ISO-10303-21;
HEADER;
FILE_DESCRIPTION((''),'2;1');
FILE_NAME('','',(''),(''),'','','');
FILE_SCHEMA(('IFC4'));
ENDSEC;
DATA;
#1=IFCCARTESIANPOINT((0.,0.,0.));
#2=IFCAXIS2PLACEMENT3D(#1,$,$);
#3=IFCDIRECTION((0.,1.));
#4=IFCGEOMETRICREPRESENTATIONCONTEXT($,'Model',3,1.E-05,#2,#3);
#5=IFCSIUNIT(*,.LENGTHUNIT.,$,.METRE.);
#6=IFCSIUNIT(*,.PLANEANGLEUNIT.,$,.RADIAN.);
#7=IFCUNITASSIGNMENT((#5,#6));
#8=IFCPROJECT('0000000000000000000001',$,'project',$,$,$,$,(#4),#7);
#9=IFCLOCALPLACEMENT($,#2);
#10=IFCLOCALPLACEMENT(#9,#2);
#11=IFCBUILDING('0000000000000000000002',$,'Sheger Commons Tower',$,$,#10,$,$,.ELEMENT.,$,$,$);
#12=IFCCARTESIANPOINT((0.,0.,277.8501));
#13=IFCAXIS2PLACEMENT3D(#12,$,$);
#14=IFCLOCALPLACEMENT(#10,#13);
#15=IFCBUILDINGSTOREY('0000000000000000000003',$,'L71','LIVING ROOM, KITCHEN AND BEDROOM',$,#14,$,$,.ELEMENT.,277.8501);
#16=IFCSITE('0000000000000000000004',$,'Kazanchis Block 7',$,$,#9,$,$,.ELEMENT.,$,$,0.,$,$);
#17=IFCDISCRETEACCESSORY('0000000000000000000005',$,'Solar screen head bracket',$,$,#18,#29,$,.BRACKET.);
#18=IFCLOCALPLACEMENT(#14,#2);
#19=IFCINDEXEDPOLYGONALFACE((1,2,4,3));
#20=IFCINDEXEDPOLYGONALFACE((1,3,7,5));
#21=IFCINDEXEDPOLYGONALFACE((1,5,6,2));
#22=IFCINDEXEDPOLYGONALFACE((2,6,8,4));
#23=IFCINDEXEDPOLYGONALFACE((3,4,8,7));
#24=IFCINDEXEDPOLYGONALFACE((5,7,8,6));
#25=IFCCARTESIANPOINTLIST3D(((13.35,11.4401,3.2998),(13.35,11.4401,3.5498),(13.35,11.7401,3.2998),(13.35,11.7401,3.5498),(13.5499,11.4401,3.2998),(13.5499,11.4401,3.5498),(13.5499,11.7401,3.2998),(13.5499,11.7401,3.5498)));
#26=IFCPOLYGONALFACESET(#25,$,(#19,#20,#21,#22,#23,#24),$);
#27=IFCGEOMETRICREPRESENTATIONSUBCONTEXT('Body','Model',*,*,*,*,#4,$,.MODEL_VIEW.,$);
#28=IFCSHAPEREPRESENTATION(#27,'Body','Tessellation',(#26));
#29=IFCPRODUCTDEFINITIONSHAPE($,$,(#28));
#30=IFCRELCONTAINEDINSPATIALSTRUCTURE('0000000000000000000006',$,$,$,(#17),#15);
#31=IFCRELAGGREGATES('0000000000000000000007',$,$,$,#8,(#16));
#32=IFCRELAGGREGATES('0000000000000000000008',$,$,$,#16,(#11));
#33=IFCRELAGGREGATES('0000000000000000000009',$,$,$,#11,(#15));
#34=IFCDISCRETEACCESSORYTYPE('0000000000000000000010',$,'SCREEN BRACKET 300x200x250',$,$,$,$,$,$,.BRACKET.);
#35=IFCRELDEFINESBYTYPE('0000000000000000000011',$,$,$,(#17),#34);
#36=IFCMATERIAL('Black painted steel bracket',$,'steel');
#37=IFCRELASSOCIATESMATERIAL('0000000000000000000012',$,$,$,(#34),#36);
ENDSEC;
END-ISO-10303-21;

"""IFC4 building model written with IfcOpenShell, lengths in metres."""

from ifc_helpers import new_model, si_unit, direction, frame, origin, origin_2d, place, context, subcontext, project, spatial, rectangle, extrude, material, type_object, element, save


model = new_model("IFC4")

# Units and contexts
model_context = context("Model", 3, precision=1e-05, world=origin(), true_north=direction((0.0, 1.0)))
body_context = subcontext(model_context, "Body", "Model", "MODEL_VIEW")
ifc_project = project(units=[si_unit("LENGTHUNIT", "METRE"), si_unit("PLANEANGLEUNIT", "RADIAN")], contexts=[model_context])

# Site, building, storey
site_placement = place(None, origin())
site = spatial("IfcSite", under=ifc_project, at=site_placement, Name="Kazanchis Block 7", CompositionType="ELEMENT", RefElevation=0.0)
building_placement = place(site_placement, origin())
building = spatial("IfcBuilding", under=site, at=building_placement, Name="Sheger Commons Tower", CompositionType="ELEMENT")
storey_placement = place(building_placement, frame((0.0, 0.0, 277.8501)))
storey = spatial("IfcBuildingStorey", under=building, at=storey_placement, Name="L71", Description="LIVING ROOM, KITCHEN AND BEDROOM", CompositionType="ELEMENT", Elevation=277.8501)

# Discrete accessory
ifc_material_1 = material(Name="Black painted steel bracket", Category="steel")
discrete_accessory_type = type_object("IfcDiscreteAccessoryType", Name="SCREEN BRACKET 300x200x250", PredefinedType="BRACKET", material=ifc_material_1)
for number, where, z_axis, x_axis, name in (
    (1, (13.45, 11.5901, 3.2998), (0.0, 0.0, 1.0), (0.0, -1.0, 0.0), "Solar screen head bracket"),
):
    element("IfcDiscreteAccessory", number, at=place(storey_placement, frame(where, z_axis=z_axis, x_axis=x_axis)), inside=storey, type_object=discrete_accessory_type, Name=name, PredefinedType="BRACKET", context=body_context, shape_type="SweptSolid", body=[
        extrude(rectangle(XDim=0.3, YDim=0.2, at=origin_2d()), origin(), (0.0, 0.0, 1.0), 0.25),
    ])

save(model, "model.ifc")
